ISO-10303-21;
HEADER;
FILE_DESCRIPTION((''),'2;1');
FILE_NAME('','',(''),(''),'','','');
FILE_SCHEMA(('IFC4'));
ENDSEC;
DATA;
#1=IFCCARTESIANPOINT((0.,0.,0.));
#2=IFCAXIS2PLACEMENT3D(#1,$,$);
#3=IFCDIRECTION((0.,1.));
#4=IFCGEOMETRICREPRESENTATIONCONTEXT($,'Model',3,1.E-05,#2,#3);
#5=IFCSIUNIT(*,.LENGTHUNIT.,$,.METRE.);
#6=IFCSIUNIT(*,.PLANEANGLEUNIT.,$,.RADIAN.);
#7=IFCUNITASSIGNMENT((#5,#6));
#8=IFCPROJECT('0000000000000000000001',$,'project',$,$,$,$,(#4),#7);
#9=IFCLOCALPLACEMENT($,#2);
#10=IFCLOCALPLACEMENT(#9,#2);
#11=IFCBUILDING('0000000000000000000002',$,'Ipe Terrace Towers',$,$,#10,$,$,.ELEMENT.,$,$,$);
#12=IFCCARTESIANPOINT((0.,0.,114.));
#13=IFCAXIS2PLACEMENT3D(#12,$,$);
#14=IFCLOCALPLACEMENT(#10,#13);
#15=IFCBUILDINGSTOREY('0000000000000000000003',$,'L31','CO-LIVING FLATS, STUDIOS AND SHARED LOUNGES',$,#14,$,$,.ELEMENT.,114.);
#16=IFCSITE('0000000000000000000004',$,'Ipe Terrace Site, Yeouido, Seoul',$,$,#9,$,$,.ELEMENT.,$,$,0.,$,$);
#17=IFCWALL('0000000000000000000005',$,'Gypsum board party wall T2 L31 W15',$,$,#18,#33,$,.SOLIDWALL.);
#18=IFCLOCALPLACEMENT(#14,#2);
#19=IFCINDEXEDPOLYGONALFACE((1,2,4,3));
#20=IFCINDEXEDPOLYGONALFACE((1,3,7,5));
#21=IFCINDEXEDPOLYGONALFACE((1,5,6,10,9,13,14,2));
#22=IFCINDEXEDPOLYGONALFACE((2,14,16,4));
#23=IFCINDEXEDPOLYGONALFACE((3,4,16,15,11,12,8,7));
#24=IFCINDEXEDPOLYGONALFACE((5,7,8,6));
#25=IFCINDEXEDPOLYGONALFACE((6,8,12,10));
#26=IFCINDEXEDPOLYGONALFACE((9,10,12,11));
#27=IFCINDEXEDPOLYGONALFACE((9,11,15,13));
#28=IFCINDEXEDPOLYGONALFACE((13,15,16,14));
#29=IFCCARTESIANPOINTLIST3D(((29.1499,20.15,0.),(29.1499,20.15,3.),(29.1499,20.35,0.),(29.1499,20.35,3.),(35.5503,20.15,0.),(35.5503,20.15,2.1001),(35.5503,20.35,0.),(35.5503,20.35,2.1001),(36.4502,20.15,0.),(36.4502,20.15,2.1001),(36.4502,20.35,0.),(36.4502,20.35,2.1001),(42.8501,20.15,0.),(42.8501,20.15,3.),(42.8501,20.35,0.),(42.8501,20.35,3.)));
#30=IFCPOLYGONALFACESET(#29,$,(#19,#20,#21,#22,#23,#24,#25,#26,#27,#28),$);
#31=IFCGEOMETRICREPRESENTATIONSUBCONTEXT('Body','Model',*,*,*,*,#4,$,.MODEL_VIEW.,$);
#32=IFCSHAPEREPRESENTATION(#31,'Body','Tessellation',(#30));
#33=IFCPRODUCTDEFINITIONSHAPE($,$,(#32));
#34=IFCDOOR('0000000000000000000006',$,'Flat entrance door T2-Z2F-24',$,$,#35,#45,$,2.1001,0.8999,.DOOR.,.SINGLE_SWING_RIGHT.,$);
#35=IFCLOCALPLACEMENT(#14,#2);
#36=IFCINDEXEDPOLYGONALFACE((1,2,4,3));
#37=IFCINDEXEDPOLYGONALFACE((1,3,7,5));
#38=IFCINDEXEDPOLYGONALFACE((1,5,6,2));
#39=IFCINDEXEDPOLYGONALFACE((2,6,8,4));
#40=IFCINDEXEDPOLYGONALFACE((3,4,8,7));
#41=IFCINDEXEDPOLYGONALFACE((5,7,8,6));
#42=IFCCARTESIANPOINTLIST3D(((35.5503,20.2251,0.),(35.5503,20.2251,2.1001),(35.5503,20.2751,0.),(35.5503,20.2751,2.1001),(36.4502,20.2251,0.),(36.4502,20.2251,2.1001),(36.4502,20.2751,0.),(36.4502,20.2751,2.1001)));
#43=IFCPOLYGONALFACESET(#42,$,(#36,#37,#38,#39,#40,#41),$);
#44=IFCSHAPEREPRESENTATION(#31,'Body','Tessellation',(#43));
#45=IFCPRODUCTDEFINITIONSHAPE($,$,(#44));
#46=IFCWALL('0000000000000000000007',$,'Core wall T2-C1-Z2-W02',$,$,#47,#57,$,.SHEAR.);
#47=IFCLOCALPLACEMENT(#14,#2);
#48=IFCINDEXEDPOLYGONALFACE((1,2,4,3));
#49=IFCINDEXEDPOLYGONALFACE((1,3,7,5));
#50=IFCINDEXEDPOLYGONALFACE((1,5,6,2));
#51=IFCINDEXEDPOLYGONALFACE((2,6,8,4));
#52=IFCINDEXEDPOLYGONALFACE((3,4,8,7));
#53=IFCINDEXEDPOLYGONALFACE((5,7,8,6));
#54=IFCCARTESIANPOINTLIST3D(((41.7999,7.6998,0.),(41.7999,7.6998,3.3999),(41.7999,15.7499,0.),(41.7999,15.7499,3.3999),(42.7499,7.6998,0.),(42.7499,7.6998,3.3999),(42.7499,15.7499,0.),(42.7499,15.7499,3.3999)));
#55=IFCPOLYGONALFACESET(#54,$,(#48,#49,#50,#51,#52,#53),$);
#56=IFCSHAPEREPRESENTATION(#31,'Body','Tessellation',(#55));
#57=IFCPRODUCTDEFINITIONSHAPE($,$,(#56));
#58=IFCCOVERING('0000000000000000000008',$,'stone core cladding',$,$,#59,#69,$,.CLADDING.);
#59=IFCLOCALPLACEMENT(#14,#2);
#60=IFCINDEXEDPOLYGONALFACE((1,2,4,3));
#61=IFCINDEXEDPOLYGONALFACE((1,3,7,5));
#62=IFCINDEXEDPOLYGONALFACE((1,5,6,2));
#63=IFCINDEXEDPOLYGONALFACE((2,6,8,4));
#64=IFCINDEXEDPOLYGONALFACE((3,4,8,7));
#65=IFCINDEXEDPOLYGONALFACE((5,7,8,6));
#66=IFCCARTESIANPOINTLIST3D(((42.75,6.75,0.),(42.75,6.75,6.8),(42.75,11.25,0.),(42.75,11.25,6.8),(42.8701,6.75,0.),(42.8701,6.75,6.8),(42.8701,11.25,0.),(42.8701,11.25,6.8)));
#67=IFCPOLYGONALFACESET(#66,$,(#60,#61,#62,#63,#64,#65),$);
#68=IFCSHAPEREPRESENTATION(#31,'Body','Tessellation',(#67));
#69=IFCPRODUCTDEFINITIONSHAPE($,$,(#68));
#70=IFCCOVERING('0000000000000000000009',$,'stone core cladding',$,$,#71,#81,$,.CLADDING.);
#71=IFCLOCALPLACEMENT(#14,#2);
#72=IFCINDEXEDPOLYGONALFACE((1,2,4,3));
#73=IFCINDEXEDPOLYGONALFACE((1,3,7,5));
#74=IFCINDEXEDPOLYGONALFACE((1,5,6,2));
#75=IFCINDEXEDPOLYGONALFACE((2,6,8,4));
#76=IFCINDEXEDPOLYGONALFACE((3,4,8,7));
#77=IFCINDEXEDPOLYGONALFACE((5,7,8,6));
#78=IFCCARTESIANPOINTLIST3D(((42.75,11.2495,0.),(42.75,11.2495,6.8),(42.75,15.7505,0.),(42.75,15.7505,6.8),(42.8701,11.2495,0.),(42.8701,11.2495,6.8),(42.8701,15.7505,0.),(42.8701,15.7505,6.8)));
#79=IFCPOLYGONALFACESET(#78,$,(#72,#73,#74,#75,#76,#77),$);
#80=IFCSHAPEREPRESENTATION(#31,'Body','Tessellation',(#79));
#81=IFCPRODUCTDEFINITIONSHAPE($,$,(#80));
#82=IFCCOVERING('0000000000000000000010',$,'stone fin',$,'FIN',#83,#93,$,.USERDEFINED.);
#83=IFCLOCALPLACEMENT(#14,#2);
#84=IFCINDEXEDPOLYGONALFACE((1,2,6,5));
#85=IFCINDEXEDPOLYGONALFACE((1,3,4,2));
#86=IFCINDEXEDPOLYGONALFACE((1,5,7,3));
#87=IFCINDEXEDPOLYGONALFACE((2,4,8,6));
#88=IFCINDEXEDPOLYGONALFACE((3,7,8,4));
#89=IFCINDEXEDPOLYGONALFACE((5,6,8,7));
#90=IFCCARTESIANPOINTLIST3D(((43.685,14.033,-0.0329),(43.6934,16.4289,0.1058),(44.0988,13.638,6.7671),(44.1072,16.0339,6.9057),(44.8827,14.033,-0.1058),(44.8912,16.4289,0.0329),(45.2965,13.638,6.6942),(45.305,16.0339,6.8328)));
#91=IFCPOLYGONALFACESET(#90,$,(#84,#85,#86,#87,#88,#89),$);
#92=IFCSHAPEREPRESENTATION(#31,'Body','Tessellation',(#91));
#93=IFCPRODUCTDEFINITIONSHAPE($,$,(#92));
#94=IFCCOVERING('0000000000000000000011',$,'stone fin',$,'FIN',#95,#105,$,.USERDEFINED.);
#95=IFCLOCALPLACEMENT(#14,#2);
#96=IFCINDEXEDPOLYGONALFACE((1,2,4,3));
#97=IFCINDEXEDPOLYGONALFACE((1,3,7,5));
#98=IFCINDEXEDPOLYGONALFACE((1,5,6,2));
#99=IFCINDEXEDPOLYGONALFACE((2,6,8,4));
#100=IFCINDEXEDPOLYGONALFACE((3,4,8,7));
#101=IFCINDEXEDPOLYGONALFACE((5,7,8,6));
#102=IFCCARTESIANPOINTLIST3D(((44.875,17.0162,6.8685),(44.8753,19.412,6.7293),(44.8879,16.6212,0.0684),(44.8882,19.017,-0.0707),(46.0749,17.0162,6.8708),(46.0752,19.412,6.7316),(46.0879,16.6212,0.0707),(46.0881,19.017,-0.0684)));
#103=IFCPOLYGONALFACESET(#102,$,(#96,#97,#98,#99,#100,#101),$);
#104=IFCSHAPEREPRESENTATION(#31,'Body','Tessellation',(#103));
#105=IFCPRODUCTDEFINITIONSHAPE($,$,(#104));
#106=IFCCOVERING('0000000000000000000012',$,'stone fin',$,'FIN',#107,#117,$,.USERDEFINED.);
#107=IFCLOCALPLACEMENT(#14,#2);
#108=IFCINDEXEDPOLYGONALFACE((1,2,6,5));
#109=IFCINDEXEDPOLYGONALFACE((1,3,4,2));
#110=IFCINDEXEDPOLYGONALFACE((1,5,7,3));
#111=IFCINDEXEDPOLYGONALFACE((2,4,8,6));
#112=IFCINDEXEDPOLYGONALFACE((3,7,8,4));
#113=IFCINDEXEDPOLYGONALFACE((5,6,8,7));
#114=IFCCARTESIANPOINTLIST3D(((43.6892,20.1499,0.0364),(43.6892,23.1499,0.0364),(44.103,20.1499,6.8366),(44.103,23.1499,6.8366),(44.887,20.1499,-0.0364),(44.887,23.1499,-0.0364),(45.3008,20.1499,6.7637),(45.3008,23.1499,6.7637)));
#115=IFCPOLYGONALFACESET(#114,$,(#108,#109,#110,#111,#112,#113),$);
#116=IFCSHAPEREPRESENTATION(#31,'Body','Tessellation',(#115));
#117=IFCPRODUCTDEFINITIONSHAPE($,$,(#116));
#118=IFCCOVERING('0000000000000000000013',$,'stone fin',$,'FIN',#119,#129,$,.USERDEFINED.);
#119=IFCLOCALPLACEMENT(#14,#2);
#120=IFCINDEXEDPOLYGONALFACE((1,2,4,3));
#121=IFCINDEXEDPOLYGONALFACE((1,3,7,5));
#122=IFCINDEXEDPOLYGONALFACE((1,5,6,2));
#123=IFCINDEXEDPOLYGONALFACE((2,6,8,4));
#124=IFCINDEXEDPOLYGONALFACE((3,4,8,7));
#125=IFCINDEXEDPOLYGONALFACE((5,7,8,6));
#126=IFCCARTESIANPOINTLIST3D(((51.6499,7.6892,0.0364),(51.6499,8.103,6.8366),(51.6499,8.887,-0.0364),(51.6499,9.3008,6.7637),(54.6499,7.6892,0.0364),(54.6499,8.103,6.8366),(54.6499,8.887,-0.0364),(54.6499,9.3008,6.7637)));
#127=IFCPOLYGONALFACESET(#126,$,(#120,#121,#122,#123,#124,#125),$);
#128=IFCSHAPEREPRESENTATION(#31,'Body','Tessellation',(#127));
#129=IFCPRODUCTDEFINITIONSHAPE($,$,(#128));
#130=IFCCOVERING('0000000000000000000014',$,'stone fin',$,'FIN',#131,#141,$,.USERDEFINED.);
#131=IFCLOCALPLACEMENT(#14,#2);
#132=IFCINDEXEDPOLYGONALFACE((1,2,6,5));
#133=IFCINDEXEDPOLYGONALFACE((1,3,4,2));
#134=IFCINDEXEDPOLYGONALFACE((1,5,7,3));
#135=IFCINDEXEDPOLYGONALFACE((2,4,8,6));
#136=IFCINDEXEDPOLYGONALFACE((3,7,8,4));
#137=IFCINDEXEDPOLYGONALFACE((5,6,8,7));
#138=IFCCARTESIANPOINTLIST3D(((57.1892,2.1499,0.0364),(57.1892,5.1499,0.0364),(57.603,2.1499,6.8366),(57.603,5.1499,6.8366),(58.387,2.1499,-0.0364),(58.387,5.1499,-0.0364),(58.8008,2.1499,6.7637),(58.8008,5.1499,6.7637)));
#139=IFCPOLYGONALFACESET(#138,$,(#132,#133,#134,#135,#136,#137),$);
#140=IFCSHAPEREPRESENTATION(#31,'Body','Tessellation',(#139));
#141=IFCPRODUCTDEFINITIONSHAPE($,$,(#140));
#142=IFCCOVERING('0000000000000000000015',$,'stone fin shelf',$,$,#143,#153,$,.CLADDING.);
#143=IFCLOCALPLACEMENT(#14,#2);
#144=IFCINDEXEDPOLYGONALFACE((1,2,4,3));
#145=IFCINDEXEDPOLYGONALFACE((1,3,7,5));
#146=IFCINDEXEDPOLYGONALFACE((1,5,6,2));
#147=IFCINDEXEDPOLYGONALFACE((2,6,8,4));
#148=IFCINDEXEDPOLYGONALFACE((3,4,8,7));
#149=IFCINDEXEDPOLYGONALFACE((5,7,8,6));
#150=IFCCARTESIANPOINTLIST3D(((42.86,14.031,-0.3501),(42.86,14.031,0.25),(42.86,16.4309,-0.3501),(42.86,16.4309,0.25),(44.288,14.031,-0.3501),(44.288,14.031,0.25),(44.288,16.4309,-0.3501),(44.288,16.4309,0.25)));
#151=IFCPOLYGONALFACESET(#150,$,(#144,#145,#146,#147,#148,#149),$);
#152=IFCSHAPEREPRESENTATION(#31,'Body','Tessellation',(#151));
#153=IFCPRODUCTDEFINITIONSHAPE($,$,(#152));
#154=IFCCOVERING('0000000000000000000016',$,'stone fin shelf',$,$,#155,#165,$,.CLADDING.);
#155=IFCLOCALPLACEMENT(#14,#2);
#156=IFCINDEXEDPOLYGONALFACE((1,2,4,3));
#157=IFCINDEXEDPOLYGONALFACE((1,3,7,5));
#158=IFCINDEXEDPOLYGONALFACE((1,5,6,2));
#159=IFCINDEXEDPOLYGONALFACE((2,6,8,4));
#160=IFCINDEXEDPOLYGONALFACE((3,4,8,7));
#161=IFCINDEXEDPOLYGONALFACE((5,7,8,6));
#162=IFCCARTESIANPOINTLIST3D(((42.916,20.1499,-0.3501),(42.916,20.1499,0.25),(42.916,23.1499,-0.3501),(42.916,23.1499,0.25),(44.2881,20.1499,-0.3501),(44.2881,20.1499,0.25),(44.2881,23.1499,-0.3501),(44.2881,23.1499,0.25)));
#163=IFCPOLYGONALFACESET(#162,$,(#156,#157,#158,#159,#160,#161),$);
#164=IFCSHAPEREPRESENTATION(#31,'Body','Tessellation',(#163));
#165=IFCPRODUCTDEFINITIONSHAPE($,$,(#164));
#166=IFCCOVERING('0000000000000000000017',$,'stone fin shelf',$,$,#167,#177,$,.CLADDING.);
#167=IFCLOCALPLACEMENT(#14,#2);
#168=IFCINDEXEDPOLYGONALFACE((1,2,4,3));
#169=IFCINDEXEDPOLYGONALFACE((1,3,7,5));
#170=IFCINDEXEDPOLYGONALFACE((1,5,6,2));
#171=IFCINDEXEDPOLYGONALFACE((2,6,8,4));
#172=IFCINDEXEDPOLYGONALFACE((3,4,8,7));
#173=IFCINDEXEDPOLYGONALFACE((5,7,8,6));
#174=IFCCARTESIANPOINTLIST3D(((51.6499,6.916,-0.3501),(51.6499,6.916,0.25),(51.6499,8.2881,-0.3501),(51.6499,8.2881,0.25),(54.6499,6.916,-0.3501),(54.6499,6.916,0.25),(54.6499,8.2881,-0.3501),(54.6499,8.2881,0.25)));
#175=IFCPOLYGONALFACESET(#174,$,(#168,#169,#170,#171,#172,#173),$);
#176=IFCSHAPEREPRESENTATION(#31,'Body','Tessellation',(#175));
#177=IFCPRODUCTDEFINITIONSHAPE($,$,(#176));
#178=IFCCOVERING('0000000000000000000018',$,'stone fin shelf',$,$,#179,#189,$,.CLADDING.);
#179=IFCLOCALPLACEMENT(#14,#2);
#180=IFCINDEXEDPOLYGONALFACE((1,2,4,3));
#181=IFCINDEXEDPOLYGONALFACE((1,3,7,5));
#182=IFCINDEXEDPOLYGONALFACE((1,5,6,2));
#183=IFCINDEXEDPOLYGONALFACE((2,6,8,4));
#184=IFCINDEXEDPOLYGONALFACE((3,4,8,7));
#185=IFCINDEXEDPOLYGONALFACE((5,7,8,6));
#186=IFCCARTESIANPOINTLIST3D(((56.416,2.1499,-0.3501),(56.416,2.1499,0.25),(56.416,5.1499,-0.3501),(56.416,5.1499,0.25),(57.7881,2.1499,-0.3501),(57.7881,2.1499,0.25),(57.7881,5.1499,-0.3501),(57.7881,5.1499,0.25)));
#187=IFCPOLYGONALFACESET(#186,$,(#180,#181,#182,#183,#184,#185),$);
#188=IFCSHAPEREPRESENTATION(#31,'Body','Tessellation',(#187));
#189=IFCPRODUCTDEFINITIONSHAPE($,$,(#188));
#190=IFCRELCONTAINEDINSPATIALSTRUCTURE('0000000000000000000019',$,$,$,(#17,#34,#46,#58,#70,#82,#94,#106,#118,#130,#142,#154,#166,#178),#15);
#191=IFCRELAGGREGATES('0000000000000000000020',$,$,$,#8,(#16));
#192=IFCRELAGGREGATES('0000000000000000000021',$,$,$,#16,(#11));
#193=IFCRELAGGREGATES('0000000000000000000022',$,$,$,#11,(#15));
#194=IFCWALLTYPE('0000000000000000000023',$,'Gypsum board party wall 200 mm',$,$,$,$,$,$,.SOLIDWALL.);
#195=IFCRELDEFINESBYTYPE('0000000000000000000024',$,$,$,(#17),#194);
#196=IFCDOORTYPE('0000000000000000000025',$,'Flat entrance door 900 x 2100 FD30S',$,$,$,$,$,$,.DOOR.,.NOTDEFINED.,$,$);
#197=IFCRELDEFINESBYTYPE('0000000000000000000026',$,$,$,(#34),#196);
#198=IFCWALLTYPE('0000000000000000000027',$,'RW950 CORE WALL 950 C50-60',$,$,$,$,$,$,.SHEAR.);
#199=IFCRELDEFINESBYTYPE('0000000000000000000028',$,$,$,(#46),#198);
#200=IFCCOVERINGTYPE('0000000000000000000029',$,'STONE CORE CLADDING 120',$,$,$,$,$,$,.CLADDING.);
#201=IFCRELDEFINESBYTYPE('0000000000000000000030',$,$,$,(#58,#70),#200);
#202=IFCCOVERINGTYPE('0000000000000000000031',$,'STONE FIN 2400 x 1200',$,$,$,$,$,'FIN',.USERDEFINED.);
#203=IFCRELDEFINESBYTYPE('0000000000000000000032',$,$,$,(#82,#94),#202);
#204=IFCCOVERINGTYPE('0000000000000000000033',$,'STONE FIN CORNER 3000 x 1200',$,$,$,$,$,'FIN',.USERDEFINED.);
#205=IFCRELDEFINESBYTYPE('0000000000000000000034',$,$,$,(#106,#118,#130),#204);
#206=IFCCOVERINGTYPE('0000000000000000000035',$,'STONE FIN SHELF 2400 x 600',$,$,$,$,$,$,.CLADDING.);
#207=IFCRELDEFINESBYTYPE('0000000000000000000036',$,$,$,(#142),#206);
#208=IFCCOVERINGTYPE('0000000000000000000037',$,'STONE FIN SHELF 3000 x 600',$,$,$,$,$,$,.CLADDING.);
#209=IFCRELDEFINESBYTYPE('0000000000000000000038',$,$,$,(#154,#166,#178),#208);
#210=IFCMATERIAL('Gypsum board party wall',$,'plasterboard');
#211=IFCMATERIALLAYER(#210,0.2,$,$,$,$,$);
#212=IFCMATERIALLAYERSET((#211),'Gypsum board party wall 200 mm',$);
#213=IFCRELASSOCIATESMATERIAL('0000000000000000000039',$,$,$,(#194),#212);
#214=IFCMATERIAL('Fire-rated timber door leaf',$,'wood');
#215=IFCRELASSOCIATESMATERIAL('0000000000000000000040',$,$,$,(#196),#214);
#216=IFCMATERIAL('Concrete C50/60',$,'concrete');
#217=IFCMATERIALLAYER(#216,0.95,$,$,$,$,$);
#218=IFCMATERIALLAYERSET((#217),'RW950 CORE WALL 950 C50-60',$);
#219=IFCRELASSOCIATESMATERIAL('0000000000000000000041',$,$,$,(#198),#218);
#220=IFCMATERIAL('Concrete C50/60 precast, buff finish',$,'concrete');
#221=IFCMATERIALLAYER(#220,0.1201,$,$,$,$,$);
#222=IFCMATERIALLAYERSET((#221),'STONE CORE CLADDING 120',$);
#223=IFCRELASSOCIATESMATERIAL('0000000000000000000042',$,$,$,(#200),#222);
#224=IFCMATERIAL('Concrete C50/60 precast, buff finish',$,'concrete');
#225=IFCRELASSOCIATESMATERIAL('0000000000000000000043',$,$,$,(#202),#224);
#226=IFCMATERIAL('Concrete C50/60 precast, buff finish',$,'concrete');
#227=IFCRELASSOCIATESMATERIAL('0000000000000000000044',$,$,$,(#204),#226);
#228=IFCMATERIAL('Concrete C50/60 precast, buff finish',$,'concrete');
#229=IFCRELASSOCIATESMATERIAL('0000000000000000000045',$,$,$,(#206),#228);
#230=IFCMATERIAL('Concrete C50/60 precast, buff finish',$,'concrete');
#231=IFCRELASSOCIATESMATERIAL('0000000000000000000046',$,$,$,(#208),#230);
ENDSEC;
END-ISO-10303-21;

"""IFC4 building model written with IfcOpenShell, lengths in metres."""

from ifc_helpers import new_model, si_unit, direction, frame, frame_2d, origin, origin_2d, place, context, subcontext, project, spatial, rectangle, extrude, material, layer, layer_set, material_profile, profile_set, type_object, element, fill, save


model = new_model("IFC4")

# Units and contexts
model_context = context("Model", 3, precision=1e-05, world=origin(), true_north=direction((0.0, 1.0)))
body_context = subcontext(model_context, "Body", "Model", "MODEL_VIEW")
ifc_project = project(units=[si_unit("LENGTHUNIT", "METRE"), si_unit("PLANEANGLEUNIT", "RADIAN")], contexts=[model_context])

# Site, building, storey
site_placement = place(None, origin())
site = spatial("IfcSite", under=ifc_project, at=site_placement, Name="Ipe Terrace Site, Yeouido, Seoul", CompositionType="ELEMENT", RefElevation=0.0)
building_placement = place(site_placement, origin())
building = spatial("IfcBuilding", under=site, at=building_placement, Name="Ipe Terrace Towers", CompositionType="ELEMENT")
storey_placement = place(building_placement, frame((0.0, 0.0, 114.0)))
storey = spatial("IfcBuildingStorey", under=building, at=storey_placement, Name="L31", Description="CO-LIVING FLATS, STUDIOS AND SHARED LOUNGES", CompositionType="ELEMENT", Elevation=114.0)

# Wall, opening, door
ifc_material_1 = material(Name="Gypsum board party wall", Category="plasterboard")
ifc_layer_1 = layer(ifc_material_1, 0.2)
ifc_layer_set_1 = layer_set([ifc_layer_1], Name="Gypsum board party wall 200 mm")
wall_type_1 = type_object("IfcWallType", Name="Gypsum board party wall 200 mm", PredefinedType="SOLIDWALL", material=ifc_layer_set_1)
wall_1_placement = place(storey_placement, frame((42.8501, 20.25, 0.0), z_axis=(0.0, 0.0, 1.0), x_axis=(-1.0, 0.0, 0.0)))
wall_1 = element("IfcWall", 1, at=wall_1_placement, inside=storey, type_object=wall_type_1, Name="Gypsum board party wall T2 L31 W15", PredefinedType="SOLIDWALL", context=body_context, shape_type="SweptSolid", body=[
    extrude(rectangle(XDim=13.7002, YDim=0.2, at=frame_2d((6.8501, 0.0))), origin(), (0.0, 0.0, 1.0), 3.0),
])
opening_placement = place(wall_1_placement, frame((6.3999, 0.0, 0.0)))
opening = element("IfcOpeningElement", 2, at=opening_placement, cuts=wall_1, PredefinedType="OPENING", context=body_context, shape_type="SweptSolid", body=[
    extrude(rectangle(XDim=0.8999, YDim=2.1001, at=frame_2d((0.45, 1.05))), frame((0.0, 0.1099, 0.0), z_axis=(0.0, -1.0, 0.0), x_axis=(1.0, 0.0, 0.0)), (0.0, 0.0, 1.0), 0.22),
])
ifc_material_2 = material(Name="Fire-rated timber door leaf", Category="wood")
door_type = type_object("IfcDoorType", Name="Flat entrance door 900 x 2100 FD30S", OperationType="NOTDEFINED", PredefinedType="DOOR", material=ifc_material_2)
door_placement = place(opening_placement, origin())
door = element("IfcDoor", 3, at=door_placement, inside=storey, type_object=door_type, Name="Flat entrance door T2-Z2F-24", OperationType="SINGLE_SWING_RIGHT", OverallHeight=2.1001, OverallWidth=0.8999, PredefinedType="DOOR", context=body_context, shape_type="SweptSolid", body=[
    extrude(rectangle(XDim=0.8999, YDim=2.1001, at=frame_2d((0.45, 1.05))), frame((0.0, 0.0249, 0.0), z_axis=(0.0, -1.0, 0.0), x_axis=(1.0, 0.0, 0.0)), (0.0, 0.0, 1.0), 0.05),
])
fill(opening, door)

# Wall
ifc_material_3 = material(Name="Concrete C50/60", Category="concrete")
ifc_layer_2 = layer(ifc_material_3, 0.95)
ifc_layer_set_2 = layer_set([ifc_layer_2], Name="RW950 CORE WALL 950 C50-60")
wall_type_2 = type_object("IfcWallType", Name="RW950 CORE WALL 950 C50-60", PredefinedType="SHEAR", material=ifc_layer_set_2)
wall_2_placement = place(storey_placement, frame((42.2749, 7.7, 0.0), z_axis=(0.0, 0.0, 1.0), x_axis=(0.0, 1.0, 0.0)))
element("IfcWall", 4, at=wall_2_placement, inside=storey, type_object=wall_type_2, Name="Core wall T2-C1-Z2-W02", PredefinedType="SHEAR", context=body_context, shape_type="SweptSolid", body=[
    extrude(rectangle(XDim=8.05, YDim=0.95, at=frame_2d((4.0249, 0.0))), origin(), (0.0, 0.0, 1.0), 3.3999),
])

# Coverings
ifc_material_4 = material(Name="Concrete C50/60 precast, buff finish", Category="concrete")
ifc_layer_3 = layer(ifc_material_4, 0.1201)
ifc_layer_set_3 = layer_set([ifc_layer_3], Name="STONE CORE CLADDING 120")
covering_type_1 = type_object("IfcCoveringType", Name="STONE CORE CLADDING 120", PredefinedType="CLADDING", material=ifc_layer_set_3)
covering_1_placement = place(storey_placement, frame((42.8101, 9.0, 0.0), z_axis=(0.0, 0.0, 1.0), x_axis=(0.0, 1.0, 0.0)))
element("IfcCovering", 5, at=covering_1_placement, inside=storey, type_object=covering_type_1, Name="stone core cladding", PredefinedType="CLADDING", context=body_context, shape_type="SweptSolid", body=[
    extrude(rectangle(XDim=4.5, YDim=0.1201, at=origin_2d()), origin(), (0.0, 0.0, 1.0), 6.8),
])
covering_2_placement = place(storey_placement, frame((42.8101, 13.5, 0.0), z_axis=(0.0, 0.0, 1.0), x_axis=(0.0, 1.0, 0.0)))
element("IfcCovering", 6, at=covering_2_placement, inside=storey, type_object=covering_type_1, Name="stone core cladding", PredefinedType="CLADDING", context=body_context, shape_type="SweptSolid", body=[
    extrude(rectangle(XDim=4.501, YDim=0.1201, at=origin_2d()), origin(), (0.0, 0.0, 1.0), 6.8),
])
ifc_material_5 = material(Name="Concrete C50/60 precast, buff finish", Category="concrete")
ifc_material_profile_1 = material_profile(ifc_material_5, rectangle(XDim=2.3999, YDim=1.2, at=origin_2d()), Name="STONE FIN 2400 x 1200")
ifc_profile_set_1 = profile_set([ifc_material_profile_1], Name="Concrete C50/60 precast, buff finish")
covering_type_2 = type_object("IfcCoveringType", Name="STONE FIN 2400 x 1200", ElementType="FIN", PredefinedType="USERDEFINED", material=ifc_profile_set_1)
covering_3_placement = place(storey_placement, frame((44.2881, 15.231, 0.0), z_axis=(0.060641, -0.057886, 0.99648), x_axis=(0.003516, 0.998323, 0.057779)))
element("IfcCovering", 7, at=covering_3_placement, inside=storey, type_object=covering_type_2, Name="stone fin", ObjectType="FIN", PredefinedType="USERDEFINED", context=body_context, shape_type="SweptSolid", body=[
    extrude(rectangle(XDim=2.3999, YDim=1.2, at=origin_2d()), origin(), (0.0, 0.0, 1.0), 6.824),
])
covering_4_placement = place(storey_placement, frame((45.488, 17.8191, 0.0), z_axis=(-0.0019, 0.057993, 0.998315), x_axis=(0.00011, 0.998317, -0.057993)))
element("IfcCovering", 8, at=covering_4_placement, inside=storey, type_object=covering_type_2, Name="stone fin", ObjectType="FIN", PredefinedType="USERDEFINED", context=body_context, shape_type="SweptSolid", body=[
    extrude(rectangle(XDim=2.3999, YDim=1.2, at=origin_2d()), origin(), (0.0, 0.0, 1.0), 6.8115),
])
ifc_material_6 = material(Name="Concrete C50/60 precast, buff finish", Category="concrete")
ifc_material_profile_2 = material_profile(ifc_material_6, rectangle(XDim=3.0, YDim=1.2, at=origin_2d()), Name="STONE FIN CORNER 3000 x 1200")
ifc_profile_set_2 = profile_set([ifc_material_profile_2], Name="Concrete C50/60 precast, buff finish")
covering_type_3 = type_object("IfcCoveringType", Name="STONE FIN CORNER 3000 x 1200", ElementType="FIN", PredefinedType="USERDEFINED", material=ifc_profile_set_2)
for number, where, z_axis, x_axis, name in (
    (9, (44.2881, 21.6499, 0.0), (0.060743, 0.0, 0.998153), (0.0, 1.0, 0.0), "stone fin"),
    (10, (53.1499, 8.2881, 0.0), (0.0, 0.060743, 0.998153), (-1.0, 0.0, 0.0), "stone fin"),
    (11, (57.7881, 3.6499, 0.0), (0.060743, 0.0, 0.998153), (0.0, 1.0, 0.0), "stone fin"),
):
    element("IfcCovering", number, at=place(storey_placement, frame(where, z_axis=z_axis, x_axis=x_axis)), inside=storey, type_object=covering_type_3, Name=name, ObjectType="FIN", PredefinedType="USERDEFINED", context=body_context, shape_type="SweptSolid", body=[
        extrude(rectangle(XDim=3.0, YDim=1.2, at=origin_2d()), origin(), (0.0, 0.0, 1.0), 6.8127),
    ])
ifc_material_7 = material(Name="Concrete C50/60 precast, buff finish", Category="concrete")
covering_type_4 = type_object("IfcCoveringType", Name="STONE FIN SHELF 2400 x 600", PredefinedType="CLADDING", material=ifc_material_7)
covering_5_placement = place(storey_placement, frame((43.574, 15.231, -0.3501), z_axis=(0.0, 0.0, 1.0), x_axis=(0.0, 1.0, 0.0)))
element("IfcCovering", 12, at=covering_5_placement, inside=storey, type_object=covering_type_4, Name="stone fin shelf", PredefinedType="CLADDING", context=body_context, shape_type="SweptSolid", body=[
    extrude(rectangle(XDim=2.3999, YDim=1.428, at=origin_2d()), origin(), (0.0, 0.0, 1.0), 0.6001),
])
ifc_material_8 = material(Name="Concrete C50/60 precast, buff finish", Category="concrete")
covering_type_5 = type_object("IfcCoveringType", Name="STONE FIN SHELF 3000 x 600", PredefinedType="CLADDING", material=ifc_material_8)
for number, where, z_axis, x_axis, name in (
    (13, (43.6021, 21.6499, -0.3501), (0.0, 0.0, 1.0), (0.0, 1.0, 0.0), "stone fin shelf"),
    (14, (53.1499, 7.6021, -0.3501), (0.0, 0.0, 1.0), (-1.0, 0.0, 0.0), "stone fin shelf"),
    (15, (57.1021, 3.6499, -0.3501), (0.0, 0.0, 1.0), (0.0, 1.0, 0.0), "stone fin shelf"),
):
    element("IfcCovering", number, at=place(storey_placement, frame(where, z_axis=z_axis, x_axis=x_axis)), inside=storey, type_object=covering_type_5, Name=name, PredefinedType="CLADDING", context=body_context, shape_type="SweptSolid", body=[
        extrude(rectangle(XDim=3.0, YDim=1.3721, at=origin_2d()), origin(), (0.0, 0.0, 1.0), 0.6001),
    ])

save(model, "model.ifc")
